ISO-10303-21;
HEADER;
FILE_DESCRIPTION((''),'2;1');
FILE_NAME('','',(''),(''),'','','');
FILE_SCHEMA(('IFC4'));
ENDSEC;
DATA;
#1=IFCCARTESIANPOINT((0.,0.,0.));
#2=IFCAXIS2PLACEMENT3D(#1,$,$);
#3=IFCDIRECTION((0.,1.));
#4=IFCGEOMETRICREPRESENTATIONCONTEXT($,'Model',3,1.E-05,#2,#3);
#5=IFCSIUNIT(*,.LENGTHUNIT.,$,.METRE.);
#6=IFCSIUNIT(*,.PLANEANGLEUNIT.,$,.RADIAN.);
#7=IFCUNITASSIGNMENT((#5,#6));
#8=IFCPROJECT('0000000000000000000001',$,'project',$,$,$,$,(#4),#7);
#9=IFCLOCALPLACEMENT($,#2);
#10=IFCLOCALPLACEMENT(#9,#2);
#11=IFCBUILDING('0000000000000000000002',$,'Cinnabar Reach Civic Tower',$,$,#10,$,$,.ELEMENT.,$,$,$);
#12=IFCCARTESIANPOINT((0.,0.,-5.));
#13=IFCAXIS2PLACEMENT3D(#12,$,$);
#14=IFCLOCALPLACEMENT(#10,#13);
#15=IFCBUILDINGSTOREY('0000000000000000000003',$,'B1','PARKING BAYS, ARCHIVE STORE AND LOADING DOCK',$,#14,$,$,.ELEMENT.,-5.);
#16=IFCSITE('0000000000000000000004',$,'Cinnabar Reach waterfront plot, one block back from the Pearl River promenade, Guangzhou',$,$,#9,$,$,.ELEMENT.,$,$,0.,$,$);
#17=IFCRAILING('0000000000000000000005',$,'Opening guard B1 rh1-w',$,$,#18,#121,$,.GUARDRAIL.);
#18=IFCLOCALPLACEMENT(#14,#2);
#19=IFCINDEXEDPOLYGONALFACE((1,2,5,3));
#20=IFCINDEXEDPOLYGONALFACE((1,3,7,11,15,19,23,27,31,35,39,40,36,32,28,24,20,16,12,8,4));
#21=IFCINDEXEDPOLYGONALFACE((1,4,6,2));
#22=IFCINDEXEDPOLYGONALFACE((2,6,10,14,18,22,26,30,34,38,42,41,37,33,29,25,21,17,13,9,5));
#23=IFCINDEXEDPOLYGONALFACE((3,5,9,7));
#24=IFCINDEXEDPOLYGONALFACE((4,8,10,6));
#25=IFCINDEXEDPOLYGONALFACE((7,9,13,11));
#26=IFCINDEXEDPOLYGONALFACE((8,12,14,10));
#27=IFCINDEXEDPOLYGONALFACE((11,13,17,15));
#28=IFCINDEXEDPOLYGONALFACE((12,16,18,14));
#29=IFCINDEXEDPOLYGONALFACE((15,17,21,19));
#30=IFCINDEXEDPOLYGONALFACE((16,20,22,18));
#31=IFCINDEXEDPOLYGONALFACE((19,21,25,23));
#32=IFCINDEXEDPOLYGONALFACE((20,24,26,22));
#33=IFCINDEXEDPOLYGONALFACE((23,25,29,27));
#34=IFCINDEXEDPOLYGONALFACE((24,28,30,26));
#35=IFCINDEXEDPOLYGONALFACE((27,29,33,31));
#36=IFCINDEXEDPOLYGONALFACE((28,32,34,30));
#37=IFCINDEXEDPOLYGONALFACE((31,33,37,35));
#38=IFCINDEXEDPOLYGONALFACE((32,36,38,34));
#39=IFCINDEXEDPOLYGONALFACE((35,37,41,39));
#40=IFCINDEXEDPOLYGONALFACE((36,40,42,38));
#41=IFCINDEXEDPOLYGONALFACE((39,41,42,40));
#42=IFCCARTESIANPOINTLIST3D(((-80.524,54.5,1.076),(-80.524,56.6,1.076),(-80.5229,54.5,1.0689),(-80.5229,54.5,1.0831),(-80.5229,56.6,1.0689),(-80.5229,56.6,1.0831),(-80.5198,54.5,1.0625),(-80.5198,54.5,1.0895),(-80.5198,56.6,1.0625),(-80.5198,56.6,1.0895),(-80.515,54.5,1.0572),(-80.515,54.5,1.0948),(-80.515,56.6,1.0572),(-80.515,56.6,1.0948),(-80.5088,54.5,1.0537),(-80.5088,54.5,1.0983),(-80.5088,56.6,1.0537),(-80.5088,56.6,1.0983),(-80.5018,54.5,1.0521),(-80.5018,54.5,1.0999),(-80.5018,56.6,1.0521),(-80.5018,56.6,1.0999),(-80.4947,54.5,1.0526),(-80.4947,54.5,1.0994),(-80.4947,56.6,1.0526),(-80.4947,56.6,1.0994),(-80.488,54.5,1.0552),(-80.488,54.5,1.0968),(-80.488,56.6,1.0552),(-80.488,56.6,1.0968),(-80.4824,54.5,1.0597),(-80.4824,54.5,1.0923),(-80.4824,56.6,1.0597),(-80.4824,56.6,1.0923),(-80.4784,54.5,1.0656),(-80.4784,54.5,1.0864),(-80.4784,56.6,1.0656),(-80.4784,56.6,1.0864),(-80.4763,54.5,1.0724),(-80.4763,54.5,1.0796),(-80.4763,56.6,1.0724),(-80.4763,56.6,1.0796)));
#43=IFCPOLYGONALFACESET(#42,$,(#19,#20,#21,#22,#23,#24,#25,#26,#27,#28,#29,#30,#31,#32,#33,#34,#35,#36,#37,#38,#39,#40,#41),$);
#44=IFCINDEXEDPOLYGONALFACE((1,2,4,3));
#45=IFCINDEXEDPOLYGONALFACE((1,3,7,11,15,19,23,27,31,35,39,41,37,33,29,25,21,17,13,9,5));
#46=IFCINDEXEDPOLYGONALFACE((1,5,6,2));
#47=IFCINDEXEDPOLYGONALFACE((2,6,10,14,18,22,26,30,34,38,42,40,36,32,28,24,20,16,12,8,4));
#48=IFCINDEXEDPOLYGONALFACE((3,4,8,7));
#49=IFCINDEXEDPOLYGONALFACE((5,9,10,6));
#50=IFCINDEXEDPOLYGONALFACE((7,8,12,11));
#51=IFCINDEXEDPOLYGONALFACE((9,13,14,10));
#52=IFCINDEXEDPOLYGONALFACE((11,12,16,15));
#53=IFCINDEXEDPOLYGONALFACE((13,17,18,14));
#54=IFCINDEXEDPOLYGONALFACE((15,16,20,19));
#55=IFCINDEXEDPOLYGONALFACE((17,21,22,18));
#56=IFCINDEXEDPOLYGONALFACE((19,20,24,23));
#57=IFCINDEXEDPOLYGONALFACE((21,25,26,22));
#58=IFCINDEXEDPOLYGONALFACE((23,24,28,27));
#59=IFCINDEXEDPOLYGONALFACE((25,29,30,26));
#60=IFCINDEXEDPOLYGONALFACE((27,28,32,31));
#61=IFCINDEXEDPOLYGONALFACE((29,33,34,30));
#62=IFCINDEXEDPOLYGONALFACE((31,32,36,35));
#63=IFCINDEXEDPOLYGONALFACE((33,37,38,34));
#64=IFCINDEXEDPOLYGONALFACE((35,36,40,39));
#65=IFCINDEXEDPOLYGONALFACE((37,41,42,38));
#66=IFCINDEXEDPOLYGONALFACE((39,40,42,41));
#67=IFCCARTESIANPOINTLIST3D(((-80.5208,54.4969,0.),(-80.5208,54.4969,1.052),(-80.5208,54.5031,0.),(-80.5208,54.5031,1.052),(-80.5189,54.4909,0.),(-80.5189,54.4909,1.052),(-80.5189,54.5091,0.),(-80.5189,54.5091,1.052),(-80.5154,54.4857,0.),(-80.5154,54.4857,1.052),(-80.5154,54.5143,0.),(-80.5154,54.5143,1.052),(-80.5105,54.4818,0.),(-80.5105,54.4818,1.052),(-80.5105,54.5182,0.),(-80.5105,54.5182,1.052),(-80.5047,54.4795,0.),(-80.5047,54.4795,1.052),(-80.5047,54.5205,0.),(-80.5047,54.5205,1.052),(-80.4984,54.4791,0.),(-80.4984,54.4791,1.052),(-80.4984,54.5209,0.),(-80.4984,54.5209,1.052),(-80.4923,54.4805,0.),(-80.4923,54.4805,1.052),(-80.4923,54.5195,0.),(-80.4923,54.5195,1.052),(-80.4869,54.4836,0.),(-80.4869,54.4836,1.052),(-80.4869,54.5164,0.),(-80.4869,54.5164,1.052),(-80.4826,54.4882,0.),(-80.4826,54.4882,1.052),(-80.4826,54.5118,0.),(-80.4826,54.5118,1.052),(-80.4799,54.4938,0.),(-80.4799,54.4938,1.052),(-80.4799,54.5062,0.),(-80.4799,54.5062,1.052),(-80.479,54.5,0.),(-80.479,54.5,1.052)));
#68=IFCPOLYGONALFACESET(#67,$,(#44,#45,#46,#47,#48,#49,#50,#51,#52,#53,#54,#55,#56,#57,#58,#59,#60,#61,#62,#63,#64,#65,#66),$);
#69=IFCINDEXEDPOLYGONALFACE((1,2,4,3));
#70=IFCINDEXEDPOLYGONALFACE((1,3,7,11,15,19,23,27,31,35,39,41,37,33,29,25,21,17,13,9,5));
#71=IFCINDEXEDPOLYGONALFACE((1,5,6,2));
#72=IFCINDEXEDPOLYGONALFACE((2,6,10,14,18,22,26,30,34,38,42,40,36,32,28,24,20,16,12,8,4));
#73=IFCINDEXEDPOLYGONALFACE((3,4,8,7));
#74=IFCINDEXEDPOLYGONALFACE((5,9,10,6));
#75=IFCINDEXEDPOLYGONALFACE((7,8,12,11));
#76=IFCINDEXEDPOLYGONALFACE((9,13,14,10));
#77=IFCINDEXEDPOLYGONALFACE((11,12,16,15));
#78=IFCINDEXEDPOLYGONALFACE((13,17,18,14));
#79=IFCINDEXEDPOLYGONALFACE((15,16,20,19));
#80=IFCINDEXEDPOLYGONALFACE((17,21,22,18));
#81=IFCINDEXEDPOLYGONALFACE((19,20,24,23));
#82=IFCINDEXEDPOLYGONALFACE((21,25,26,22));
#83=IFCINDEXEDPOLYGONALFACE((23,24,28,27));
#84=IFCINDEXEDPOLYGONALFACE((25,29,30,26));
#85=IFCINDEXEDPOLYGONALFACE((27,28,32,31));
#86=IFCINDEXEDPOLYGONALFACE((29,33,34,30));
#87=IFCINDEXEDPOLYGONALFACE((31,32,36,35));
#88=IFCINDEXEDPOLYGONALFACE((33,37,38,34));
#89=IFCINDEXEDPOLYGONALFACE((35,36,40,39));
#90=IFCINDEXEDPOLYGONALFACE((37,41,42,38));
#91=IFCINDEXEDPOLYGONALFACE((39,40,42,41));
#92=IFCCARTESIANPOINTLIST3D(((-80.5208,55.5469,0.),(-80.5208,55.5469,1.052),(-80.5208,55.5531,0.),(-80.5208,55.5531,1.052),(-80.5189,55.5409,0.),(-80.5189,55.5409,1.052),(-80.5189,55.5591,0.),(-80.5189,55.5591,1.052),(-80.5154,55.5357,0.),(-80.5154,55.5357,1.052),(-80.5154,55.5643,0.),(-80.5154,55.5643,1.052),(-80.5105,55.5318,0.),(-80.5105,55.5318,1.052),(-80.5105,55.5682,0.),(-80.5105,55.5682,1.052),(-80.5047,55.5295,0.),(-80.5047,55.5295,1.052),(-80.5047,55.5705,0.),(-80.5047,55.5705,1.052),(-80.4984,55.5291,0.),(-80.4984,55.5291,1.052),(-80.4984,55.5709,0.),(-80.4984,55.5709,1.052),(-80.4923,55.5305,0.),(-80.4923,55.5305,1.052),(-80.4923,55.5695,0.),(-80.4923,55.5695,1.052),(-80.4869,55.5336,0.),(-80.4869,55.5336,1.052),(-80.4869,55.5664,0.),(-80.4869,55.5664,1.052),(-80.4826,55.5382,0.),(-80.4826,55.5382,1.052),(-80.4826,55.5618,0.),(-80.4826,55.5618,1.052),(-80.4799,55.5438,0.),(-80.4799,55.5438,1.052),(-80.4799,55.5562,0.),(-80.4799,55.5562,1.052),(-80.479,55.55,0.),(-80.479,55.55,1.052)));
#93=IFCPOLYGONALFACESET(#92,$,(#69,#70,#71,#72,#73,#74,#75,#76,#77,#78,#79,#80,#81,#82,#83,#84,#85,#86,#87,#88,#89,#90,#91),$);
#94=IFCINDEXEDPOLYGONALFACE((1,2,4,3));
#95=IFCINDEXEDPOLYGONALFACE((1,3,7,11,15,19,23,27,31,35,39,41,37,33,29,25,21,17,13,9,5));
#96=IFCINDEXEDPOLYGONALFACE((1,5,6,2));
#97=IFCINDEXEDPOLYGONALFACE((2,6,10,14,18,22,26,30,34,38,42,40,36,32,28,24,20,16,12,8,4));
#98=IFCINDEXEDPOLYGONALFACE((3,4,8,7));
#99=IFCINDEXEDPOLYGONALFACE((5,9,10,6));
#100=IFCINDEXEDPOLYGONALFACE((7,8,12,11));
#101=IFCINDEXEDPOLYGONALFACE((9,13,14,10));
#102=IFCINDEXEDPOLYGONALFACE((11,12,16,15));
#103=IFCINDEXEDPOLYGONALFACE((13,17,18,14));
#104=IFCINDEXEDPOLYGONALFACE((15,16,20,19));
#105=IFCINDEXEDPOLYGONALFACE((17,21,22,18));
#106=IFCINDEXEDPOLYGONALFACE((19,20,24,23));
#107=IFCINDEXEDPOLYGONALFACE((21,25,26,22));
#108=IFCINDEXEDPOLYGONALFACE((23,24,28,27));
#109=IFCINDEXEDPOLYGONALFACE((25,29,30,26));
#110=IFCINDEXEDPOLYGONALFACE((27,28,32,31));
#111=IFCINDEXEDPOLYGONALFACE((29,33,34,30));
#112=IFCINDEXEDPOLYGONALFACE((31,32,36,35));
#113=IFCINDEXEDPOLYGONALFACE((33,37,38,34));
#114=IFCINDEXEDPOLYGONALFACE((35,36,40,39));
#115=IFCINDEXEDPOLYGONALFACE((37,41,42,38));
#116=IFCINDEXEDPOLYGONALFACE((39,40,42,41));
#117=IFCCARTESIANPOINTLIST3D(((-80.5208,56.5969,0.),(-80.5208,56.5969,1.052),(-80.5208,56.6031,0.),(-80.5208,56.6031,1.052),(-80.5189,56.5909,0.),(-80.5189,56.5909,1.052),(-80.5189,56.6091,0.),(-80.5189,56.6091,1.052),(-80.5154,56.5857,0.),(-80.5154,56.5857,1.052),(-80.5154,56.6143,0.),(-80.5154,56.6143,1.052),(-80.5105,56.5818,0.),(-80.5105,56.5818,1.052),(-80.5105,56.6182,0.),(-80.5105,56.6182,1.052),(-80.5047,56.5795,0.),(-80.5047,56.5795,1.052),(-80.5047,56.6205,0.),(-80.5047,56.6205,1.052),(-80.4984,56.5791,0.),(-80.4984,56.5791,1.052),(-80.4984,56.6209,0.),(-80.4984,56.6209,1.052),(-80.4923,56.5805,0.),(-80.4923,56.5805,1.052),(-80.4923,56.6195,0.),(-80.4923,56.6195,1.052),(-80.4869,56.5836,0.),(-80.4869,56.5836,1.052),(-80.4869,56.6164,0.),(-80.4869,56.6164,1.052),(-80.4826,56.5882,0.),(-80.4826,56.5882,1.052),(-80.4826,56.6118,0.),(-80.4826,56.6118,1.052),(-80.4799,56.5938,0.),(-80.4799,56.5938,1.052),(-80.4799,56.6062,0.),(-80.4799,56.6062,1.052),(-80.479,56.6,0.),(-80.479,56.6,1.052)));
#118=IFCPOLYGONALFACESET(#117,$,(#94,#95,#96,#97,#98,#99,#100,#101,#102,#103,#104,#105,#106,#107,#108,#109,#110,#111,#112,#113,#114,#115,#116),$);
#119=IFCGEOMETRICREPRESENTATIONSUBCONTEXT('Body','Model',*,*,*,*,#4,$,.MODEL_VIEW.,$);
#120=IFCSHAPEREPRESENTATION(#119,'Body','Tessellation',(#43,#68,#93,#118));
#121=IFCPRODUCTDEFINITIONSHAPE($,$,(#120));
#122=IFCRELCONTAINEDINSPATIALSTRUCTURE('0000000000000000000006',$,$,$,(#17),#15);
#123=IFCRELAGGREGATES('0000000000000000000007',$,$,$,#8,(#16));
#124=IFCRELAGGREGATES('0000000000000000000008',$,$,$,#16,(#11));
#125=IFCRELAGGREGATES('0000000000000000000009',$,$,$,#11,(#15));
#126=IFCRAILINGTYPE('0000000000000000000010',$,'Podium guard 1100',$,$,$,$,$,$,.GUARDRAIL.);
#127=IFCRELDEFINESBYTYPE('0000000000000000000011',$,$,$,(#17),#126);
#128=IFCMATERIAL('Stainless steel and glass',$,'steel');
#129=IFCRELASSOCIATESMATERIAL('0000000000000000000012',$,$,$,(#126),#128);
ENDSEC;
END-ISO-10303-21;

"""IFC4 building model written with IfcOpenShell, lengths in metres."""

from ifc_helpers import new_model, si_unit, direction, frame, origin, origin_2d, place, context, subcontext, project, spatial, circle, extrude, material, type_object, element, save


model = new_model("IFC4")

# Units and contexts
model_context = context("Model", 3, precision=1e-05, world=origin(), true_north=direction((0.0, 1.0)))
body_context = subcontext(model_context, "Body", "Model", "MODEL_VIEW")
ifc_project = project(units=[si_unit("LENGTHUNIT", "METRE"), si_unit("PLANEANGLEUNIT", "RADIAN")], contexts=[model_context])

# Site, building, storey
site_placement = place(None, origin())
site = spatial("IfcSite", under=ifc_project, at=site_placement, Name="Cinnabar Reach waterfront plot, one block back from the Pearl River promenade, Guangzhou", CompositionType="ELEMENT", RefElevation=0.0)
building_placement = place(site_placement, origin())
building = spatial("IfcBuilding", under=site, at=building_placement, Name="Cinnabar Reach Civic Tower", CompositionType="ELEMENT")
storey_placement = place(building_placement, frame((0.0, 0.0, -5.0)))
storey = spatial("IfcBuildingStorey", under=building, at=storey_placement, Name="B1", Description="PARKING BAYS, ARCHIVE STORE AND LOADING DOCK", CompositionType="ELEMENT", Elevation=-5.0)

# Railing
ifc_material_1 = material(Name="Stainless steel and glass", Category="steel")
railing_type = type_object("IfcRailingType", Name="Podium guard 1100", PredefinedType="GUARDRAIL", material=ifc_material_1)
railing_1_placement = place(storey_placement, frame((-80.5, 54.5, 0.0)))
element("IfcRailing", 1, at=railing_1_placement, inside=storey, type_object=railing_type, Name="Opening guard B1 rh1-w", PredefinedType="GUARDRAIL", context=body_context, shape_type="SweptSolid", body=[
    extrude(circle(Radius=0.024, at=origin_2d()), frame((0.0, 0.0, 1.076), z_axis=(0.0, 1.0, 0.0), x_axis=(-1.0, 0.0, 0.0)), (0.0, 0.0, 1.0), 2.1),
    extrude(circle(Radius=0.021, at=origin_2d()), origin(), (0.0, 0.0, 1.0), 1.052),
    extrude(circle(Radius=0.021, at=origin_2d()), frame((0.0, 1.05, 0.0)), (0.0, 0.0, 1.0), 1.052),
    extrude(circle(Radius=0.021, at=origin_2d()), frame((0.0, 2.1, 0.0)), (0.0, 0.0, 1.0), 1.052),
])

save(model, "model.ifc")
